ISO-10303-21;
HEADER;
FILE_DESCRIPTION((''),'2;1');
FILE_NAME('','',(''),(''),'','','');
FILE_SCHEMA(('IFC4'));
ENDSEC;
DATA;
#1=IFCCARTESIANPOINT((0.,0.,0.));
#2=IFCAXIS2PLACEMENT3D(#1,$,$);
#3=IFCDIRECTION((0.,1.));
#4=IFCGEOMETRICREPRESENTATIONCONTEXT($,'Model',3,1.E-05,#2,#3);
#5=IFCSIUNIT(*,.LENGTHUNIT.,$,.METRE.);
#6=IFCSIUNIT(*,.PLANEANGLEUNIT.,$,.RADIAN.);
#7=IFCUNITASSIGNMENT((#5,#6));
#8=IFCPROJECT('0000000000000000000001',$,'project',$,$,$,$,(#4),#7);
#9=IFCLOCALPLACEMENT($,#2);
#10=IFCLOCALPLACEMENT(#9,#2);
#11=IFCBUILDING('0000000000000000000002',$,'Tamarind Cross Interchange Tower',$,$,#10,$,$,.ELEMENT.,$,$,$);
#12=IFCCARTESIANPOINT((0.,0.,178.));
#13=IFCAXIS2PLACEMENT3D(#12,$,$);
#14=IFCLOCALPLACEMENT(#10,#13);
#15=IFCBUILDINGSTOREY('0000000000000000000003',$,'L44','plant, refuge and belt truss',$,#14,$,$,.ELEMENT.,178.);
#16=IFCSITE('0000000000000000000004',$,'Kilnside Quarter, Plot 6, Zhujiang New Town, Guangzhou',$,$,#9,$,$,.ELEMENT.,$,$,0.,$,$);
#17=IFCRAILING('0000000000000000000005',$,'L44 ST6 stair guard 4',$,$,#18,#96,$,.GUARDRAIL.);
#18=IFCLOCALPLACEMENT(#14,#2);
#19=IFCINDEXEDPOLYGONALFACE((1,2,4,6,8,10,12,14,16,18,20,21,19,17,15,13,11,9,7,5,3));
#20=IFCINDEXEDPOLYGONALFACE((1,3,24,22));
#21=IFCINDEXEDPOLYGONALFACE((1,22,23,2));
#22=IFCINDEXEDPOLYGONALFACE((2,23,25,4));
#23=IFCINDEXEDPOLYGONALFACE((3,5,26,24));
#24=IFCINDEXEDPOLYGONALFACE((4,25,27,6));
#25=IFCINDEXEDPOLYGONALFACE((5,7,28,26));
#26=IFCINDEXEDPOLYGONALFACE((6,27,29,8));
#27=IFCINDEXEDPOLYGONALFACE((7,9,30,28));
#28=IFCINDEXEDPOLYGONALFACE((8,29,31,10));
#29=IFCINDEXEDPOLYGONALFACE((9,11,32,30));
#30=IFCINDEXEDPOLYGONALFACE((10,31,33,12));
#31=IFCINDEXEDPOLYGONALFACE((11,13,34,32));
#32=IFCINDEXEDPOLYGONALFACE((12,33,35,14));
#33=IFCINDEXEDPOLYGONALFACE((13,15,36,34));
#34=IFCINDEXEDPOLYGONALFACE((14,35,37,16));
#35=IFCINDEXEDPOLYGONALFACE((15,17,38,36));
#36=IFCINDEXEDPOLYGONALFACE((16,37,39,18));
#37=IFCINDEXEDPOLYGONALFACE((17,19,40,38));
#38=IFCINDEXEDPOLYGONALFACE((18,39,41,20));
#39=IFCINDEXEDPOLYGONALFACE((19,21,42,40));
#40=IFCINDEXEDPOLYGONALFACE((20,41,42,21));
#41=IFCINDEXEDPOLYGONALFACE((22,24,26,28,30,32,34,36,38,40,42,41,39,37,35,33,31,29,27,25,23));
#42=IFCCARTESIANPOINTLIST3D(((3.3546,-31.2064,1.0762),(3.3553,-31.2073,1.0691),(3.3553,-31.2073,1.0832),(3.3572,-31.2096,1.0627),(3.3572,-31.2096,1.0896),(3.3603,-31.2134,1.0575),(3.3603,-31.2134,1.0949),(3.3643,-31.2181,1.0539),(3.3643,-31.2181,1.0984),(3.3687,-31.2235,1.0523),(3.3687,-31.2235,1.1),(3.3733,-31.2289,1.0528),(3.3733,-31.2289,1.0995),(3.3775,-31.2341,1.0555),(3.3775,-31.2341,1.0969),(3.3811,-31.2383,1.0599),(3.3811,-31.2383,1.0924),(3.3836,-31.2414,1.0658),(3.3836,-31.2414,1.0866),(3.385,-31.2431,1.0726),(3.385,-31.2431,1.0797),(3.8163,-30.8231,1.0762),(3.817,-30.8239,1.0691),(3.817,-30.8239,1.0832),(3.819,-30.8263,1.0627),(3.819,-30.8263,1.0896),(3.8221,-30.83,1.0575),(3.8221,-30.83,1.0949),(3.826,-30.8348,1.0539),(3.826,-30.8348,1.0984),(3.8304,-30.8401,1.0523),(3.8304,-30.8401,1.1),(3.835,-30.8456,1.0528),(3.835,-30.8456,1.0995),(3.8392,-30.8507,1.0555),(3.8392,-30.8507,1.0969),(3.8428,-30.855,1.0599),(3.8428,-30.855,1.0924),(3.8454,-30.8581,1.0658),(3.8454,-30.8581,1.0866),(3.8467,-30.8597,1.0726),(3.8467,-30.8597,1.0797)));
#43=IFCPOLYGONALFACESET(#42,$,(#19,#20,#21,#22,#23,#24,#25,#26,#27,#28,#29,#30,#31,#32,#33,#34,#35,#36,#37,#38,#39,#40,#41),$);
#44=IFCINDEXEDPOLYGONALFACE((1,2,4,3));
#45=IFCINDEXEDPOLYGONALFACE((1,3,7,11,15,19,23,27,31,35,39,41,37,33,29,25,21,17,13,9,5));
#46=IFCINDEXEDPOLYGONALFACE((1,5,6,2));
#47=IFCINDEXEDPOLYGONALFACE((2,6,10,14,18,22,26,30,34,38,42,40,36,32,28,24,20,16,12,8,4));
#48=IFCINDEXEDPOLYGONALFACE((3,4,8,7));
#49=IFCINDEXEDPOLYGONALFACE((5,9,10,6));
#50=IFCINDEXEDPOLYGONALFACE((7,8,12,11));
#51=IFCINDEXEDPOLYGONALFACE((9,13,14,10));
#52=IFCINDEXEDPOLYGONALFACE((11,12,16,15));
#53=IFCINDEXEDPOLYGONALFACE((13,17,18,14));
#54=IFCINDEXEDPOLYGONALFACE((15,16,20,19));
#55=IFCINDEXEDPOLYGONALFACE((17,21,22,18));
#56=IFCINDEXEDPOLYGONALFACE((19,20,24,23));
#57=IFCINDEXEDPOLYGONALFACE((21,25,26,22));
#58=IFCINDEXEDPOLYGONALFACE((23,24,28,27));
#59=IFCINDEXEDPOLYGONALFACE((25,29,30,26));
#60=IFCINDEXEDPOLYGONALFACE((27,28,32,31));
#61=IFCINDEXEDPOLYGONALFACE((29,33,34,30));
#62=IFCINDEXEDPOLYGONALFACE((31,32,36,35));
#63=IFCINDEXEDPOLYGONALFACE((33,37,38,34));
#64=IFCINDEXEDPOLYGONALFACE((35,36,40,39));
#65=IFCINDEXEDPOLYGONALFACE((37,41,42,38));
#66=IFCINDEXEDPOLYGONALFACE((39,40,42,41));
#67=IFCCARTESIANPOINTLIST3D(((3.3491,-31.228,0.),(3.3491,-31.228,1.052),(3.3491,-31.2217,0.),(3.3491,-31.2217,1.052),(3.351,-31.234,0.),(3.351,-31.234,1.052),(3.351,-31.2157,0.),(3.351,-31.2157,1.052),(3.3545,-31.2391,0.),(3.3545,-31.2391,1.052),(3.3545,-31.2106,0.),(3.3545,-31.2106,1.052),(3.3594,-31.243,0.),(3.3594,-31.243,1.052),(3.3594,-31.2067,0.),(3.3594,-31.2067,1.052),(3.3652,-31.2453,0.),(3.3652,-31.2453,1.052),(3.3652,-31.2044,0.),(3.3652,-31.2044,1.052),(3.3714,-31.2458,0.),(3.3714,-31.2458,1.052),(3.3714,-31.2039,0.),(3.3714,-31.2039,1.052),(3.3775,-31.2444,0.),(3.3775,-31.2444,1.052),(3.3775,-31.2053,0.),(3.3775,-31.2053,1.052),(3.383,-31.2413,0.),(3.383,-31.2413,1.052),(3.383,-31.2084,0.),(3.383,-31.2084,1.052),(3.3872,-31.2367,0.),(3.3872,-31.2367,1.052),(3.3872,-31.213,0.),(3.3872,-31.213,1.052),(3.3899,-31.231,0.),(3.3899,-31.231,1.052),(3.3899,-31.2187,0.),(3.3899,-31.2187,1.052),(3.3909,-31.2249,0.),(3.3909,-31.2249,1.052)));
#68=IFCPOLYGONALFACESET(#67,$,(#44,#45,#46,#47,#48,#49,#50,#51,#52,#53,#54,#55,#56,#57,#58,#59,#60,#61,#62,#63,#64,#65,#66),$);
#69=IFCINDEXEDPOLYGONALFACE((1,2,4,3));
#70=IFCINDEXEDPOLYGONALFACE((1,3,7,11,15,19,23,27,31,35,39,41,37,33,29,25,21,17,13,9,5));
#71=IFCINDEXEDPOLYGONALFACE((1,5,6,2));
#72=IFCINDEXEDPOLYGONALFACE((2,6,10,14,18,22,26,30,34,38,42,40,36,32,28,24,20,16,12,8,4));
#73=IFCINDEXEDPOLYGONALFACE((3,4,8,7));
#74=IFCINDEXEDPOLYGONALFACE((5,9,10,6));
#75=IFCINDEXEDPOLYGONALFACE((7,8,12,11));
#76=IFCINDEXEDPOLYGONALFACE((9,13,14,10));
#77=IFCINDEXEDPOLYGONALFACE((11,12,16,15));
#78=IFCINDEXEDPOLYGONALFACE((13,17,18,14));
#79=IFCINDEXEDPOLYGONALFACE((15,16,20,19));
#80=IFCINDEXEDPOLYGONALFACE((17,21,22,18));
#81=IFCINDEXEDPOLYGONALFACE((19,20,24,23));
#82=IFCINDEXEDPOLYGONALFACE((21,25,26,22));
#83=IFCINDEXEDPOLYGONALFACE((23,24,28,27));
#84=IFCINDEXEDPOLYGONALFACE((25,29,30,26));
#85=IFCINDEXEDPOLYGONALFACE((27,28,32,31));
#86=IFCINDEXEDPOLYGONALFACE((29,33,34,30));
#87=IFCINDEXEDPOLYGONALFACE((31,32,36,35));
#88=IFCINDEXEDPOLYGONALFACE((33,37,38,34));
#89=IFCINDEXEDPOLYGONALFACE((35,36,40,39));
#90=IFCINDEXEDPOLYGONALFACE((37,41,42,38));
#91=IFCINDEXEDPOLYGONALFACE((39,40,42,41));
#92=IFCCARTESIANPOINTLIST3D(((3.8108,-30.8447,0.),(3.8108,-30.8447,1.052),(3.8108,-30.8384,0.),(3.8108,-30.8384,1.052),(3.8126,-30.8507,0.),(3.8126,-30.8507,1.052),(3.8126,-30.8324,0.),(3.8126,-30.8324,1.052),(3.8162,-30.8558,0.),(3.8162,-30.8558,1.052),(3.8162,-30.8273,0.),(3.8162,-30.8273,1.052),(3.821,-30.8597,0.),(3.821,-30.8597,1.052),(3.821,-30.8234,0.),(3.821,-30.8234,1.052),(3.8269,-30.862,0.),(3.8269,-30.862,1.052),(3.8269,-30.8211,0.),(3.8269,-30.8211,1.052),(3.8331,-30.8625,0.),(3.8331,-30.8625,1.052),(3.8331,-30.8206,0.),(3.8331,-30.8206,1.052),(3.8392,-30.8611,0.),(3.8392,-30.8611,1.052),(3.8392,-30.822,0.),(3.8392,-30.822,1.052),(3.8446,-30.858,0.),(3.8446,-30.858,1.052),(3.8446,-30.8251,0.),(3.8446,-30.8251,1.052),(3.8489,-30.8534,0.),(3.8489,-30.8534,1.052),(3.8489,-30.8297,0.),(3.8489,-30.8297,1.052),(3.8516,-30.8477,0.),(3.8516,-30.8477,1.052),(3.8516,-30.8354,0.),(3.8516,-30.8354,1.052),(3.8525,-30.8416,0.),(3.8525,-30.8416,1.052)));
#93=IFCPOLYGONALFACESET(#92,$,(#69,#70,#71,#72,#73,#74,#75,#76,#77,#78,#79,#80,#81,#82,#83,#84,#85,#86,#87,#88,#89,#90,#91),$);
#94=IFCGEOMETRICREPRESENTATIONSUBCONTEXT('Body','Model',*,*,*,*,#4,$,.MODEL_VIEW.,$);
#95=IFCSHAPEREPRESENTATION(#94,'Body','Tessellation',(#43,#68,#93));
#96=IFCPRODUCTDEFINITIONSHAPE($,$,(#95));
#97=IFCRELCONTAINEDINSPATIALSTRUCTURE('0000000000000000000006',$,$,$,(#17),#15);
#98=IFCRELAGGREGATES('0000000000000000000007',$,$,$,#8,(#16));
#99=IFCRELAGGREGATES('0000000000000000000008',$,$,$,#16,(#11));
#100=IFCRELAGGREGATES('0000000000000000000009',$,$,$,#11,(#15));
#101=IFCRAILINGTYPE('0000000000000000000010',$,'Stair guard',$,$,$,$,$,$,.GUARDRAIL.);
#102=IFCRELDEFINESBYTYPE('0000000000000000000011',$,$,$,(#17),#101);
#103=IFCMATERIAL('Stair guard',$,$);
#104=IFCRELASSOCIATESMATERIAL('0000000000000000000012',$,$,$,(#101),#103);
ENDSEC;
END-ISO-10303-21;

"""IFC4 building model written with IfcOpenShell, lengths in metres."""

from ifc_helpers import new_model, si_unit, direction, frame, origin, origin_2d, place, context, subcontext, project, spatial, circle, extrude, material, type_object, element, save


model = new_model("IFC4")

# Units and contexts
model_context = context("Model", 3, precision=1e-05, world=origin(), true_north=direction((0.0, 1.0)))
body_context = subcontext(model_context, "Body", "Model", "MODEL_VIEW")
ifc_project = project(units=[si_unit("LENGTHUNIT", "METRE"), si_unit("PLANEANGLEUNIT", "RADIAN")], contexts=[model_context])

# Site, building, storey
site_placement = place(None, origin())
site = spatial("IfcSite", under=ifc_project, at=site_placement, Name="Kilnside Quarter, Plot 6, Zhujiang New Town, Guangzhou", CompositionType="ELEMENT", RefElevation=0.0)
building_placement = place(site_placement, origin())
building = spatial("IfcBuilding", under=site, at=building_placement, Name="Tamarind Cross Interchange Tower", CompositionType="ELEMENT")
storey_placement = place(building_placement, frame((0.0, 0.0, 178.0)))
storey = spatial("IfcBuildingStorey", under=building, at=storey_placement, Name="L44", Description="plant, refuge and belt truss", CompositionType="ELEMENT", Elevation=178.0)

# Railing
ifc_material_1 = material(Name="Stair guard")
railing_type = type_object("IfcRailingType", Name="Stair guard", PredefinedType="GUARDRAIL", material=ifc_material_1)
railing_1_placement = place(storey_placement, frame((3.3699, -31.2249, 0.0)))
element("IfcRailing", 1, at=railing_1_placement, inside=storey, type_object=railing_type, Name="L44 ST6 stair guard 4", PredefinedType="GUARDRAIL", context=body_context, shape_type="SweptSolid", body=[
    extrude(circle(Radius=0.0239, at=origin_2d()), frame((0.0, 0.0, 1.0762), z_axis=(0.769387, 0.638783, 0.0), x_axis=(-0.638783, 0.769387, 0.0)), (0.0, 0.0, 1.0), 0.6001),
    extrude(circle(Radius=0.021, at=origin_2d()), origin(), (0.0, 0.0, 1.0), 1.052),
    extrude(circle(Radius=0.021, at=origin_2d()), frame((0.4617, 0.3833, 0.0)), (0.0, 0.0, 1.0), 1.052),
])

save(model, "model.ifc")
